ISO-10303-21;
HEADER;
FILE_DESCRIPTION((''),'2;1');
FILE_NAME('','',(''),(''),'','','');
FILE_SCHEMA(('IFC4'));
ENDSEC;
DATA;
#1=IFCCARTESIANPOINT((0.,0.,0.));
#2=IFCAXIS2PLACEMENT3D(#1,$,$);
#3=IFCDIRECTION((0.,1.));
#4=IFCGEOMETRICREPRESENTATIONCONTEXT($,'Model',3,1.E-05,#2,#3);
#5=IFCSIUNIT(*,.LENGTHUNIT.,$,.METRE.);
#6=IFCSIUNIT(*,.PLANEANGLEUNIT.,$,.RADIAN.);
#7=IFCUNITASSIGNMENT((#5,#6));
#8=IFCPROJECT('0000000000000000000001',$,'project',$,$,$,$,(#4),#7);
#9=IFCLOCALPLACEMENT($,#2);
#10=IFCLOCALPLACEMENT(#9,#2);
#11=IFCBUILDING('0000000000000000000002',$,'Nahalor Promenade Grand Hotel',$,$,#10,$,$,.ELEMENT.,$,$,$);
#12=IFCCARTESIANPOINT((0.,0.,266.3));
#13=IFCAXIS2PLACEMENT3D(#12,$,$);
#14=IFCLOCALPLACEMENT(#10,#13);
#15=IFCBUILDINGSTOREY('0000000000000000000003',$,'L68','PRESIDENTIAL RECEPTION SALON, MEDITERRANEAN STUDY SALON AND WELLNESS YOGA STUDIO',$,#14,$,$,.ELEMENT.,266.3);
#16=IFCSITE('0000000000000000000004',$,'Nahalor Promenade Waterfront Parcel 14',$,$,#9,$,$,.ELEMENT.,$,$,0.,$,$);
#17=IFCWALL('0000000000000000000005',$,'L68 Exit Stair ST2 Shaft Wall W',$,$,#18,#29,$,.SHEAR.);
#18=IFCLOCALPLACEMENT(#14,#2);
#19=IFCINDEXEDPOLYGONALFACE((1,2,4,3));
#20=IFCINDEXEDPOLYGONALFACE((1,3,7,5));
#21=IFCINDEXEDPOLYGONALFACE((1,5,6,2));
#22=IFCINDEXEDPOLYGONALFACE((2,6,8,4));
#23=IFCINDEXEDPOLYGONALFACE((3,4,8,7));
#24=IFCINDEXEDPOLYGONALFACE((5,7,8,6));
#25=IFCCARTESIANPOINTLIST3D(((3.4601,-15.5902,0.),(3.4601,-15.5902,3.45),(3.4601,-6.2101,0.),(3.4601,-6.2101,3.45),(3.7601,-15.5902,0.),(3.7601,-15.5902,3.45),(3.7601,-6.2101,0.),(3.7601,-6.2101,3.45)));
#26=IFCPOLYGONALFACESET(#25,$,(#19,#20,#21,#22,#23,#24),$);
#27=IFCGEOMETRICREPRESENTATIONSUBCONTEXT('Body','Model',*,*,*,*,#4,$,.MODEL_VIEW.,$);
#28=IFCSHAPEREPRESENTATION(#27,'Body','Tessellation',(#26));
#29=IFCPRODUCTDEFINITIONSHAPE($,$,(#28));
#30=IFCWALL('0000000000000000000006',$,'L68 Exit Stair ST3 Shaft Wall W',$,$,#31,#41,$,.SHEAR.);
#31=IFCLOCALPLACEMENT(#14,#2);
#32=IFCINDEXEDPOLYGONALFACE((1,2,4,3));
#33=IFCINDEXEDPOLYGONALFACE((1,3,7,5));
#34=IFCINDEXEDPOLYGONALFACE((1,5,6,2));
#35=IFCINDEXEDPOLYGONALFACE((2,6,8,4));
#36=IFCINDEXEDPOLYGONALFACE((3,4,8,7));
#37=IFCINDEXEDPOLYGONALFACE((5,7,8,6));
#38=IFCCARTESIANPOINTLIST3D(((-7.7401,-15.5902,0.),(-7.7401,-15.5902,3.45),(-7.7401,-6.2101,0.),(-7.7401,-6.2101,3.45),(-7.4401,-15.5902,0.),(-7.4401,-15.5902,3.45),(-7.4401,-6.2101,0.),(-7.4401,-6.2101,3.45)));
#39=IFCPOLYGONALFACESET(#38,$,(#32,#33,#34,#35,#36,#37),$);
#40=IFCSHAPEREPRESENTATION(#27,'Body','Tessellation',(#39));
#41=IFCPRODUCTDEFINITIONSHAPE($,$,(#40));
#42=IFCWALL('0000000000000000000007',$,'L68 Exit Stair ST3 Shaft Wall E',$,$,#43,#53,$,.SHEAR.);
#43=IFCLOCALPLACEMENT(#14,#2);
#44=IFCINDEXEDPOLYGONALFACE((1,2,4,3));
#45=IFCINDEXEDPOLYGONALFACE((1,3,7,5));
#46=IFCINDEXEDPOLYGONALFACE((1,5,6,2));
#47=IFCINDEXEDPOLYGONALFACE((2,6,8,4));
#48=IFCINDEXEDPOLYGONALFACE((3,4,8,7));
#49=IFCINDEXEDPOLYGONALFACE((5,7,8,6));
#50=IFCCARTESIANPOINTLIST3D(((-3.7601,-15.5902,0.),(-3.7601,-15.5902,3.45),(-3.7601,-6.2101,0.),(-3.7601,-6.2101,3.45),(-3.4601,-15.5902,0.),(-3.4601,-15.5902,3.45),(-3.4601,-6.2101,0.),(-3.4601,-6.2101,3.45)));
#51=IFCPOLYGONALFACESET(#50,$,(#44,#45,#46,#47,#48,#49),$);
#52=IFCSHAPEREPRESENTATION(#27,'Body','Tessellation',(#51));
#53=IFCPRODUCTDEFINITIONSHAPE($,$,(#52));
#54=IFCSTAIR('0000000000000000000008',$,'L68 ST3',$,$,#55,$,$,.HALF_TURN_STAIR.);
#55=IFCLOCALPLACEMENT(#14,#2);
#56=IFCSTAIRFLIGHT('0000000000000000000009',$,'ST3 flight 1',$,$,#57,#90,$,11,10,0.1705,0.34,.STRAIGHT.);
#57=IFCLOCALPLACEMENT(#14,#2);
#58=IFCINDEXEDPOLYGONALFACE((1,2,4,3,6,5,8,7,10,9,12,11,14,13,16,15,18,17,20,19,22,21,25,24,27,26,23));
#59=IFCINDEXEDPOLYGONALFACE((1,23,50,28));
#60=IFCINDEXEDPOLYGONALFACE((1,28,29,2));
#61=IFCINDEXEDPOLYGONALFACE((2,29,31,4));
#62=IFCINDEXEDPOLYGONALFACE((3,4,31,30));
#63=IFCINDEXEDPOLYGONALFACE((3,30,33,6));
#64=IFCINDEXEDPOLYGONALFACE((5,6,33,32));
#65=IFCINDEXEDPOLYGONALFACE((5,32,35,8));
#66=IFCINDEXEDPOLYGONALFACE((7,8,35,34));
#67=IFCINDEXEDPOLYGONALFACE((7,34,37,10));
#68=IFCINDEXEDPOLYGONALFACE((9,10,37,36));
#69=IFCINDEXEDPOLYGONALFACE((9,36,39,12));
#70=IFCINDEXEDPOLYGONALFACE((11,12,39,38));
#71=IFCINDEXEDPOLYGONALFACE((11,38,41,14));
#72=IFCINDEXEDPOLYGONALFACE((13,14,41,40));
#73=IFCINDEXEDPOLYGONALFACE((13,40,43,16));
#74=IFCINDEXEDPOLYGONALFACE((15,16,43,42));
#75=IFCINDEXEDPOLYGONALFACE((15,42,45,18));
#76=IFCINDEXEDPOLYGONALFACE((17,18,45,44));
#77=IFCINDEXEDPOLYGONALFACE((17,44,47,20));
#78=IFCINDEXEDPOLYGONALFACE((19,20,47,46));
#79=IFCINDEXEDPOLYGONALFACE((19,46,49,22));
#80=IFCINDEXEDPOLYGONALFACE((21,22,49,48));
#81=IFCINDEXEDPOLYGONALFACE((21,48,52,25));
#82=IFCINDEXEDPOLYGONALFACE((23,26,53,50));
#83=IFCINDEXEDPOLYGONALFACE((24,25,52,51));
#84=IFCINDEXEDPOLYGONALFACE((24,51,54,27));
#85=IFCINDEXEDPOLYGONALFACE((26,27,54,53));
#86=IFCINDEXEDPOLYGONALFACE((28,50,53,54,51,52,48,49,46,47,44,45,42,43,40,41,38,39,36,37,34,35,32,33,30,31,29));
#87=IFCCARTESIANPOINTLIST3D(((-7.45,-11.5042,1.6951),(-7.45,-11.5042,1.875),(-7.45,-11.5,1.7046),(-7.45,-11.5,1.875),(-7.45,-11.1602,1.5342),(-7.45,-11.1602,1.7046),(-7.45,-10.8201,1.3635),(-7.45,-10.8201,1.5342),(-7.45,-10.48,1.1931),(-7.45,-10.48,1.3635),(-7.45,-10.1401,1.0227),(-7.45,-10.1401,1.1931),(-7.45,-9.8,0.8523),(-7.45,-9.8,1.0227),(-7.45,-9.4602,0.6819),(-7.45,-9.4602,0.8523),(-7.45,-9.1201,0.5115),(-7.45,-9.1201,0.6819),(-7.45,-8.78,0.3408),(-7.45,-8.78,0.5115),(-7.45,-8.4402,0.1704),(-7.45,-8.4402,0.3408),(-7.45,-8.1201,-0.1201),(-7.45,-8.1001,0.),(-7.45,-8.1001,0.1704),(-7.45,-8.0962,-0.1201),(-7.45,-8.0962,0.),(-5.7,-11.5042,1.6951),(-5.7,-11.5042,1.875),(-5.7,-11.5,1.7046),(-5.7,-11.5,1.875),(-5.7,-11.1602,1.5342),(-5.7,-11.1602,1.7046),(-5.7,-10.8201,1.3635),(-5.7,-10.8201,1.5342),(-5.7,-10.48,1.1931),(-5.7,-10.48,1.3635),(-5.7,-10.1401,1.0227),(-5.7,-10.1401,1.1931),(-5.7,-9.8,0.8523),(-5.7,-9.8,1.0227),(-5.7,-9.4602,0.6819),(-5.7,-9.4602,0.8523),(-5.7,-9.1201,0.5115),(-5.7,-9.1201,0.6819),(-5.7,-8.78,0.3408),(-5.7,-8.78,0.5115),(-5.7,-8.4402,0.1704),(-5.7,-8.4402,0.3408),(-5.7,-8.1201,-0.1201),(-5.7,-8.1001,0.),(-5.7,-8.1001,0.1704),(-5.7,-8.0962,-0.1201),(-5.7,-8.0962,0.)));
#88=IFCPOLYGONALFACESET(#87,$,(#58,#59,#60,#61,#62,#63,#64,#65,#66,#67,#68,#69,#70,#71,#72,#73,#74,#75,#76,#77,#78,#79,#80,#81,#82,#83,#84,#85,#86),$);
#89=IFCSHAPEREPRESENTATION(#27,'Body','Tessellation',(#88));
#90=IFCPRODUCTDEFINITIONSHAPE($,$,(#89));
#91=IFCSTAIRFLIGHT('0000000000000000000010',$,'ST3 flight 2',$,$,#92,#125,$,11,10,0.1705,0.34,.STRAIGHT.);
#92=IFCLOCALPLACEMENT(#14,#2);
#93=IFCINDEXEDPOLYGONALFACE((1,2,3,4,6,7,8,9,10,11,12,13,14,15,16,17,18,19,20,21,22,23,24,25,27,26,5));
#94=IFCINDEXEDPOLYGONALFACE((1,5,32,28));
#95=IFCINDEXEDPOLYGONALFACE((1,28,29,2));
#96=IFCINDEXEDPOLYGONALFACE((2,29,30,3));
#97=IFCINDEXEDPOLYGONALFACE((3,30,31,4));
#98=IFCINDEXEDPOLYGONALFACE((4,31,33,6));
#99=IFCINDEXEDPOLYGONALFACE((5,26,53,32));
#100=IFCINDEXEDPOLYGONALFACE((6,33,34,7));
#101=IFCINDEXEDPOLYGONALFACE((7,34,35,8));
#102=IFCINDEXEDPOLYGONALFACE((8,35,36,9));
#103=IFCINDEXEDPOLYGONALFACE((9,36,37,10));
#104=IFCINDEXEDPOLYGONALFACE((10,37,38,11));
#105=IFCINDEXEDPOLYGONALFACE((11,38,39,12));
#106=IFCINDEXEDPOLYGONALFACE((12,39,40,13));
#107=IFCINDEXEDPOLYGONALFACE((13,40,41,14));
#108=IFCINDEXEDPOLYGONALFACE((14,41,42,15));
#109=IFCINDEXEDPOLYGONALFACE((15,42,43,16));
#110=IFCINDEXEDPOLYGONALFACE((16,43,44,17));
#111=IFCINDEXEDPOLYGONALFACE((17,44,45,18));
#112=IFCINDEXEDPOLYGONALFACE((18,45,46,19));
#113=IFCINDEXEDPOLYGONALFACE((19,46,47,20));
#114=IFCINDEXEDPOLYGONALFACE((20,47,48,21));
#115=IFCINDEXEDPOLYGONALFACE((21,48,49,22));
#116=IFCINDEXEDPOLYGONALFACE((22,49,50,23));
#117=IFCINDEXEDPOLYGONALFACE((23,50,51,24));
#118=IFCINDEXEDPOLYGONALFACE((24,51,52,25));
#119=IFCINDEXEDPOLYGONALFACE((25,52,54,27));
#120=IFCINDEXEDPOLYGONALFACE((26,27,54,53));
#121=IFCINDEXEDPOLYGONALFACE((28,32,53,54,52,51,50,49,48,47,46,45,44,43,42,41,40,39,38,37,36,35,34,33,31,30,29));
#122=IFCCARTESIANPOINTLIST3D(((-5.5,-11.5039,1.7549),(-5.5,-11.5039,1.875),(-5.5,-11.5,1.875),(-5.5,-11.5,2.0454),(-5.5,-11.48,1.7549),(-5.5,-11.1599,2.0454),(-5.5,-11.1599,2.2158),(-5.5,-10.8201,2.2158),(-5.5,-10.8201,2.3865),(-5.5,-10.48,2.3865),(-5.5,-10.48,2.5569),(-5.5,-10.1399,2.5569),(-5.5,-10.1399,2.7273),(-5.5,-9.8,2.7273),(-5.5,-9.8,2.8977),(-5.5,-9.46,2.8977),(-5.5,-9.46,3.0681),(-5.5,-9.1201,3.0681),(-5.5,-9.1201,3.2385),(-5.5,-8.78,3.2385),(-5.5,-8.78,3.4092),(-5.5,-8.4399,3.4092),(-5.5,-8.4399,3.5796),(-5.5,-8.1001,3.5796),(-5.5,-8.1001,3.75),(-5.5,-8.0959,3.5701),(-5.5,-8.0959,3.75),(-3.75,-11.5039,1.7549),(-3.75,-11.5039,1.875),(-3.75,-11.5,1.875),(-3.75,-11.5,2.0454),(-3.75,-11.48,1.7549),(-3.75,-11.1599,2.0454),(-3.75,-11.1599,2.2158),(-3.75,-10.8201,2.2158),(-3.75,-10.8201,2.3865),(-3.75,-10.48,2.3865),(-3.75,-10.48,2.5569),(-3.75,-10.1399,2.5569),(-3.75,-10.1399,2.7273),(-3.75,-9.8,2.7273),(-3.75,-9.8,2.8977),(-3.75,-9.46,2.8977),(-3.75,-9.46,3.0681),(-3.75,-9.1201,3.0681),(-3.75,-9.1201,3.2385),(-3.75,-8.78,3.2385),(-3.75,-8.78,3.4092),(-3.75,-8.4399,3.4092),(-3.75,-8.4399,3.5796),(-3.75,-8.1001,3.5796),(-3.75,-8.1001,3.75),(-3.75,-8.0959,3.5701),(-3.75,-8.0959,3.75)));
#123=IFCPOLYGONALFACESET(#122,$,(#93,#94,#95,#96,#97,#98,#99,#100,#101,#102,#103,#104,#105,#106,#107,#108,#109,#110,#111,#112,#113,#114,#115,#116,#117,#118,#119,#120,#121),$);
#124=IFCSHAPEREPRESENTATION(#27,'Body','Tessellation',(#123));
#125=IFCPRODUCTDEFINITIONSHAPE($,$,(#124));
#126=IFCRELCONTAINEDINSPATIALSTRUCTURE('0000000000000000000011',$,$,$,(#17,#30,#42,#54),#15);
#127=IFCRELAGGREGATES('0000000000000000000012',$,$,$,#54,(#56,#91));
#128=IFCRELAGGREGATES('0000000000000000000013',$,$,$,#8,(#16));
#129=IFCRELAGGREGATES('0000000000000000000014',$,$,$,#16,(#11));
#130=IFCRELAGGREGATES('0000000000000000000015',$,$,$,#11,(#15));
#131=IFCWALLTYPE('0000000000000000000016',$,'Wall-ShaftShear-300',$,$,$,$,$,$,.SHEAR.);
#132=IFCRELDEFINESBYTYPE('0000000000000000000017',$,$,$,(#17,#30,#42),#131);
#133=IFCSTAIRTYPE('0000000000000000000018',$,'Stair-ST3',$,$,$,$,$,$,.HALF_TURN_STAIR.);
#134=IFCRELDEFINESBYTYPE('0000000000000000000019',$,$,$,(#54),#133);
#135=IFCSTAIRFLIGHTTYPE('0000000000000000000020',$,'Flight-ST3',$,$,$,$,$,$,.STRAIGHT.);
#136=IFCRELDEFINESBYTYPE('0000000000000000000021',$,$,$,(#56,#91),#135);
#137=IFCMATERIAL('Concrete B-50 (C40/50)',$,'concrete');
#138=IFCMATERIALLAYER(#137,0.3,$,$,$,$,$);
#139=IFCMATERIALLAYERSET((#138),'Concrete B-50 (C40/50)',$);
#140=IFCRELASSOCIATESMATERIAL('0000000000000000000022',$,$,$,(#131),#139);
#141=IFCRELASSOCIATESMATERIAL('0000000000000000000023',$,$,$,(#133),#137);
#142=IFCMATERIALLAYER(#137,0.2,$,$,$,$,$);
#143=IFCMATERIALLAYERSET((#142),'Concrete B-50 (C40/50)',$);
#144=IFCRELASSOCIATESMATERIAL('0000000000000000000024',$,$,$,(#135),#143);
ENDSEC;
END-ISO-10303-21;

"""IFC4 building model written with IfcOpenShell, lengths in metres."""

from ifc_helpers import new_model, si_unit, direction, frame, frame_2d, origin, place, context, subcontext, project, spatial, polyline, rectangle, outline, extrude, source, transform, mapped, material, layer, layer_set, type_object, element, aggregate, save


model = new_model("IFC4")

# Units and contexts
model_context = context("Model", 3, precision=1e-05, world=origin(), true_north=direction((0.0, 1.0)))
body_context = subcontext(model_context, "Body", "Model", "MODEL_VIEW")
ifc_project = project(units=[si_unit("LENGTHUNIT", "METRE"), si_unit("PLANEANGLEUNIT", "RADIAN")], contexts=[model_context])

# Site, building, storey
site_placement = place(None, origin())
site = spatial("IfcSite", under=ifc_project, at=site_placement, Name="Nahalor Promenade Waterfront Parcel 14", CompositionType="ELEMENT", RefElevation=0.0)
building_placement = place(site_placement, origin())
building = spatial("IfcBuilding", under=site, at=building_placement, Name="Nahalor Promenade Grand Hotel", CompositionType="ELEMENT")
storey_placement = place(building_placement, frame((0.0, 0.0, 266.3)))
storey = spatial("IfcBuildingStorey", under=building, at=storey_placement, Name="L68", Description="PRESIDENTIAL RECEPTION SALON, MEDITERRANEAN STUDY SALON AND WELLNESS YOGA STUDIO", CompositionType="ELEMENT", Elevation=266.3)

# Shared definitions
ifc_material_1 = material(Name="Concrete B-50 (C40/50)", Category="concrete")

# Shared definitions
ifc_layer_1 = layer(ifc_material_1, 0.3)
ifc_layer_set_1 = layer_set([ifc_layer_1], Name="Concrete B-50 (C40/50)")
wall_type = type_object("IfcWallType", Name="Wall-ShaftShear-300", PredefinedType="SHEAR", material=ifc_layer_set_1)

# Walls
shared_shape_1 = source(origin(), body_context, "Body", "SweptSolid", [
    extrude(rectangle(XDim=9.3801, YDim=0.3, at=frame_2d((4.6899, 0.0))), origin(), (0.0, 0.0, 1.0), 3.45),
])
for number, where, z_axis, x_axis, name in (
    (1, (3.6101, -15.5901, 0.0), (0.0, 0.0, 1.0), (0.0, 1.0, 0.0), "L68 Exit Stair ST2 Shaft Wall W"),
    (2, (-7.5901, -15.5901, 0.0), (0.0, 0.0, 1.0), (0.0, 1.0, 0.0), "L68 Exit Stair ST3 Shaft Wall W"),
    (3, (-3.6101, -15.5901, 0.0), (0.0, 0.0, 1.0), (0.0, 1.0, 0.0), "L68 Exit Stair ST3 Shaft Wall E"),
):
    element("IfcWall", number, at=place(storey_placement, frame(where, z_axis=z_axis, x_axis=x_axis)), inside=storey, type_object=wall_type, Name=name, PredefinedType="SHEAR", context=body_context, shape_type="MappedRepresentation", body=[
        mapped(shared_shape_1, transform((0.0, 0.0, 0.0), scale=1.0)),
    ])

# Stair, stair flights
stair_type = type_object("IfcStairType", Name="Stair-ST3", PredefinedType="HALF_TURN_STAIR", material=ifc_material_1)
stair_placement = place(storey_placement, origin())
stair = element("IfcStair", 4, at=stair_placement, inside=storey, type_object=stair_type, Name="L68 ST3", PredefinedType="HALF_TURN_STAIR")
ifc_layer_2 = layer(ifc_material_1, 0.2)
ifc_layer_set_2 = layer_set([ifc_layer_2], Name="Concrete B-50 (C40/50)")
stair_flight_type = type_object("IfcStairFlightType", Name="Flight-ST3", PredefinedType="STRAIGHT", material=ifc_layer_set_2)
shared_shape_2 = source(origin(), body_context, "Body", "SweptSolid", [
    extrude(outline(polyline([(-0.0039, -0.1201), (-0.0039, 0.0), (0.0, 0.0), (0.0, 0.1704), (0.3401, 0.1704), (0.3401, 0.3408), (0.6799, 0.3408), (0.6799, 0.5115), (1.02, 0.5115), (1.02, 0.6819), (1.3601, 0.6819), (1.3601, 0.8523), (1.7, 0.8523), (1.7, 1.0227), (2.04, 1.0227), (2.04, 1.1931), (2.3799, 1.1931), (2.3799, 1.3635), (2.72, 1.3635), (2.72, 1.5342), (3.0601, 1.5342), (3.0601, 1.7046), (3.3999, 1.7046), (3.3999, 1.875), (3.4041, 1.875), (3.4041, 1.6951), (0.02, -0.1201), (-0.0039, -0.1201)])), frame((0.0, 0.875, 0.0), z_axis=(0.0, -1.0, 0.0), x_axis=(1.0, 0.0, 0.0)), (0.0, 0.0, 1.0), 1.75),
])
stair_flight_1_placement = place(storey_placement, frame((-6.575, -8.1001, 0.0), z_axis=(0.0, 0.0, 1.0), x_axis=(0.0, -1.0, 0.0)))
stair_flight_1 = element("IfcStairFlight", 5, at=stair_flight_1_placement, type_object=stair_flight_type, Name="ST3 flight 1", NumberOfRisers=11, NumberOfTreads=10, PredefinedType="STRAIGHT", RiserHeight=0.1705, TreadLength=0.34, context=body_context, shape_type="MappedRepresentation", body=[
    mapped(shared_shape_2, transform((0.0, 0.0, 0.0), scale=1.0)),
])
stair_flight_2_placement = place(storey_placement, frame((-4.625, -11.5, 1.875), z_axis=(0.0, 0.0, 1.0), x_axis=(0.0, 1.0, 0.0)))
stair_flight_2 = element("IfcStairFlight", 6, at=stair_flight_2_placement, type_object=stair_flight_type, Name="ST3 flight 2", NumberOfRisers=11, NumberOfTreads=10, PredefinedType="STRAIGHT", RiserHeight=0.1705, TreadLength=0.34, context=body_context, shape_type="MappedRepresentation", body=[
    mapped(shared_shape_2, transform((0.0, 0.0, 0.0), scale=1.0)),
])
aggregate(stair, [stair_flight_1, stair_flight_2])

save(model, "model.ifc")
